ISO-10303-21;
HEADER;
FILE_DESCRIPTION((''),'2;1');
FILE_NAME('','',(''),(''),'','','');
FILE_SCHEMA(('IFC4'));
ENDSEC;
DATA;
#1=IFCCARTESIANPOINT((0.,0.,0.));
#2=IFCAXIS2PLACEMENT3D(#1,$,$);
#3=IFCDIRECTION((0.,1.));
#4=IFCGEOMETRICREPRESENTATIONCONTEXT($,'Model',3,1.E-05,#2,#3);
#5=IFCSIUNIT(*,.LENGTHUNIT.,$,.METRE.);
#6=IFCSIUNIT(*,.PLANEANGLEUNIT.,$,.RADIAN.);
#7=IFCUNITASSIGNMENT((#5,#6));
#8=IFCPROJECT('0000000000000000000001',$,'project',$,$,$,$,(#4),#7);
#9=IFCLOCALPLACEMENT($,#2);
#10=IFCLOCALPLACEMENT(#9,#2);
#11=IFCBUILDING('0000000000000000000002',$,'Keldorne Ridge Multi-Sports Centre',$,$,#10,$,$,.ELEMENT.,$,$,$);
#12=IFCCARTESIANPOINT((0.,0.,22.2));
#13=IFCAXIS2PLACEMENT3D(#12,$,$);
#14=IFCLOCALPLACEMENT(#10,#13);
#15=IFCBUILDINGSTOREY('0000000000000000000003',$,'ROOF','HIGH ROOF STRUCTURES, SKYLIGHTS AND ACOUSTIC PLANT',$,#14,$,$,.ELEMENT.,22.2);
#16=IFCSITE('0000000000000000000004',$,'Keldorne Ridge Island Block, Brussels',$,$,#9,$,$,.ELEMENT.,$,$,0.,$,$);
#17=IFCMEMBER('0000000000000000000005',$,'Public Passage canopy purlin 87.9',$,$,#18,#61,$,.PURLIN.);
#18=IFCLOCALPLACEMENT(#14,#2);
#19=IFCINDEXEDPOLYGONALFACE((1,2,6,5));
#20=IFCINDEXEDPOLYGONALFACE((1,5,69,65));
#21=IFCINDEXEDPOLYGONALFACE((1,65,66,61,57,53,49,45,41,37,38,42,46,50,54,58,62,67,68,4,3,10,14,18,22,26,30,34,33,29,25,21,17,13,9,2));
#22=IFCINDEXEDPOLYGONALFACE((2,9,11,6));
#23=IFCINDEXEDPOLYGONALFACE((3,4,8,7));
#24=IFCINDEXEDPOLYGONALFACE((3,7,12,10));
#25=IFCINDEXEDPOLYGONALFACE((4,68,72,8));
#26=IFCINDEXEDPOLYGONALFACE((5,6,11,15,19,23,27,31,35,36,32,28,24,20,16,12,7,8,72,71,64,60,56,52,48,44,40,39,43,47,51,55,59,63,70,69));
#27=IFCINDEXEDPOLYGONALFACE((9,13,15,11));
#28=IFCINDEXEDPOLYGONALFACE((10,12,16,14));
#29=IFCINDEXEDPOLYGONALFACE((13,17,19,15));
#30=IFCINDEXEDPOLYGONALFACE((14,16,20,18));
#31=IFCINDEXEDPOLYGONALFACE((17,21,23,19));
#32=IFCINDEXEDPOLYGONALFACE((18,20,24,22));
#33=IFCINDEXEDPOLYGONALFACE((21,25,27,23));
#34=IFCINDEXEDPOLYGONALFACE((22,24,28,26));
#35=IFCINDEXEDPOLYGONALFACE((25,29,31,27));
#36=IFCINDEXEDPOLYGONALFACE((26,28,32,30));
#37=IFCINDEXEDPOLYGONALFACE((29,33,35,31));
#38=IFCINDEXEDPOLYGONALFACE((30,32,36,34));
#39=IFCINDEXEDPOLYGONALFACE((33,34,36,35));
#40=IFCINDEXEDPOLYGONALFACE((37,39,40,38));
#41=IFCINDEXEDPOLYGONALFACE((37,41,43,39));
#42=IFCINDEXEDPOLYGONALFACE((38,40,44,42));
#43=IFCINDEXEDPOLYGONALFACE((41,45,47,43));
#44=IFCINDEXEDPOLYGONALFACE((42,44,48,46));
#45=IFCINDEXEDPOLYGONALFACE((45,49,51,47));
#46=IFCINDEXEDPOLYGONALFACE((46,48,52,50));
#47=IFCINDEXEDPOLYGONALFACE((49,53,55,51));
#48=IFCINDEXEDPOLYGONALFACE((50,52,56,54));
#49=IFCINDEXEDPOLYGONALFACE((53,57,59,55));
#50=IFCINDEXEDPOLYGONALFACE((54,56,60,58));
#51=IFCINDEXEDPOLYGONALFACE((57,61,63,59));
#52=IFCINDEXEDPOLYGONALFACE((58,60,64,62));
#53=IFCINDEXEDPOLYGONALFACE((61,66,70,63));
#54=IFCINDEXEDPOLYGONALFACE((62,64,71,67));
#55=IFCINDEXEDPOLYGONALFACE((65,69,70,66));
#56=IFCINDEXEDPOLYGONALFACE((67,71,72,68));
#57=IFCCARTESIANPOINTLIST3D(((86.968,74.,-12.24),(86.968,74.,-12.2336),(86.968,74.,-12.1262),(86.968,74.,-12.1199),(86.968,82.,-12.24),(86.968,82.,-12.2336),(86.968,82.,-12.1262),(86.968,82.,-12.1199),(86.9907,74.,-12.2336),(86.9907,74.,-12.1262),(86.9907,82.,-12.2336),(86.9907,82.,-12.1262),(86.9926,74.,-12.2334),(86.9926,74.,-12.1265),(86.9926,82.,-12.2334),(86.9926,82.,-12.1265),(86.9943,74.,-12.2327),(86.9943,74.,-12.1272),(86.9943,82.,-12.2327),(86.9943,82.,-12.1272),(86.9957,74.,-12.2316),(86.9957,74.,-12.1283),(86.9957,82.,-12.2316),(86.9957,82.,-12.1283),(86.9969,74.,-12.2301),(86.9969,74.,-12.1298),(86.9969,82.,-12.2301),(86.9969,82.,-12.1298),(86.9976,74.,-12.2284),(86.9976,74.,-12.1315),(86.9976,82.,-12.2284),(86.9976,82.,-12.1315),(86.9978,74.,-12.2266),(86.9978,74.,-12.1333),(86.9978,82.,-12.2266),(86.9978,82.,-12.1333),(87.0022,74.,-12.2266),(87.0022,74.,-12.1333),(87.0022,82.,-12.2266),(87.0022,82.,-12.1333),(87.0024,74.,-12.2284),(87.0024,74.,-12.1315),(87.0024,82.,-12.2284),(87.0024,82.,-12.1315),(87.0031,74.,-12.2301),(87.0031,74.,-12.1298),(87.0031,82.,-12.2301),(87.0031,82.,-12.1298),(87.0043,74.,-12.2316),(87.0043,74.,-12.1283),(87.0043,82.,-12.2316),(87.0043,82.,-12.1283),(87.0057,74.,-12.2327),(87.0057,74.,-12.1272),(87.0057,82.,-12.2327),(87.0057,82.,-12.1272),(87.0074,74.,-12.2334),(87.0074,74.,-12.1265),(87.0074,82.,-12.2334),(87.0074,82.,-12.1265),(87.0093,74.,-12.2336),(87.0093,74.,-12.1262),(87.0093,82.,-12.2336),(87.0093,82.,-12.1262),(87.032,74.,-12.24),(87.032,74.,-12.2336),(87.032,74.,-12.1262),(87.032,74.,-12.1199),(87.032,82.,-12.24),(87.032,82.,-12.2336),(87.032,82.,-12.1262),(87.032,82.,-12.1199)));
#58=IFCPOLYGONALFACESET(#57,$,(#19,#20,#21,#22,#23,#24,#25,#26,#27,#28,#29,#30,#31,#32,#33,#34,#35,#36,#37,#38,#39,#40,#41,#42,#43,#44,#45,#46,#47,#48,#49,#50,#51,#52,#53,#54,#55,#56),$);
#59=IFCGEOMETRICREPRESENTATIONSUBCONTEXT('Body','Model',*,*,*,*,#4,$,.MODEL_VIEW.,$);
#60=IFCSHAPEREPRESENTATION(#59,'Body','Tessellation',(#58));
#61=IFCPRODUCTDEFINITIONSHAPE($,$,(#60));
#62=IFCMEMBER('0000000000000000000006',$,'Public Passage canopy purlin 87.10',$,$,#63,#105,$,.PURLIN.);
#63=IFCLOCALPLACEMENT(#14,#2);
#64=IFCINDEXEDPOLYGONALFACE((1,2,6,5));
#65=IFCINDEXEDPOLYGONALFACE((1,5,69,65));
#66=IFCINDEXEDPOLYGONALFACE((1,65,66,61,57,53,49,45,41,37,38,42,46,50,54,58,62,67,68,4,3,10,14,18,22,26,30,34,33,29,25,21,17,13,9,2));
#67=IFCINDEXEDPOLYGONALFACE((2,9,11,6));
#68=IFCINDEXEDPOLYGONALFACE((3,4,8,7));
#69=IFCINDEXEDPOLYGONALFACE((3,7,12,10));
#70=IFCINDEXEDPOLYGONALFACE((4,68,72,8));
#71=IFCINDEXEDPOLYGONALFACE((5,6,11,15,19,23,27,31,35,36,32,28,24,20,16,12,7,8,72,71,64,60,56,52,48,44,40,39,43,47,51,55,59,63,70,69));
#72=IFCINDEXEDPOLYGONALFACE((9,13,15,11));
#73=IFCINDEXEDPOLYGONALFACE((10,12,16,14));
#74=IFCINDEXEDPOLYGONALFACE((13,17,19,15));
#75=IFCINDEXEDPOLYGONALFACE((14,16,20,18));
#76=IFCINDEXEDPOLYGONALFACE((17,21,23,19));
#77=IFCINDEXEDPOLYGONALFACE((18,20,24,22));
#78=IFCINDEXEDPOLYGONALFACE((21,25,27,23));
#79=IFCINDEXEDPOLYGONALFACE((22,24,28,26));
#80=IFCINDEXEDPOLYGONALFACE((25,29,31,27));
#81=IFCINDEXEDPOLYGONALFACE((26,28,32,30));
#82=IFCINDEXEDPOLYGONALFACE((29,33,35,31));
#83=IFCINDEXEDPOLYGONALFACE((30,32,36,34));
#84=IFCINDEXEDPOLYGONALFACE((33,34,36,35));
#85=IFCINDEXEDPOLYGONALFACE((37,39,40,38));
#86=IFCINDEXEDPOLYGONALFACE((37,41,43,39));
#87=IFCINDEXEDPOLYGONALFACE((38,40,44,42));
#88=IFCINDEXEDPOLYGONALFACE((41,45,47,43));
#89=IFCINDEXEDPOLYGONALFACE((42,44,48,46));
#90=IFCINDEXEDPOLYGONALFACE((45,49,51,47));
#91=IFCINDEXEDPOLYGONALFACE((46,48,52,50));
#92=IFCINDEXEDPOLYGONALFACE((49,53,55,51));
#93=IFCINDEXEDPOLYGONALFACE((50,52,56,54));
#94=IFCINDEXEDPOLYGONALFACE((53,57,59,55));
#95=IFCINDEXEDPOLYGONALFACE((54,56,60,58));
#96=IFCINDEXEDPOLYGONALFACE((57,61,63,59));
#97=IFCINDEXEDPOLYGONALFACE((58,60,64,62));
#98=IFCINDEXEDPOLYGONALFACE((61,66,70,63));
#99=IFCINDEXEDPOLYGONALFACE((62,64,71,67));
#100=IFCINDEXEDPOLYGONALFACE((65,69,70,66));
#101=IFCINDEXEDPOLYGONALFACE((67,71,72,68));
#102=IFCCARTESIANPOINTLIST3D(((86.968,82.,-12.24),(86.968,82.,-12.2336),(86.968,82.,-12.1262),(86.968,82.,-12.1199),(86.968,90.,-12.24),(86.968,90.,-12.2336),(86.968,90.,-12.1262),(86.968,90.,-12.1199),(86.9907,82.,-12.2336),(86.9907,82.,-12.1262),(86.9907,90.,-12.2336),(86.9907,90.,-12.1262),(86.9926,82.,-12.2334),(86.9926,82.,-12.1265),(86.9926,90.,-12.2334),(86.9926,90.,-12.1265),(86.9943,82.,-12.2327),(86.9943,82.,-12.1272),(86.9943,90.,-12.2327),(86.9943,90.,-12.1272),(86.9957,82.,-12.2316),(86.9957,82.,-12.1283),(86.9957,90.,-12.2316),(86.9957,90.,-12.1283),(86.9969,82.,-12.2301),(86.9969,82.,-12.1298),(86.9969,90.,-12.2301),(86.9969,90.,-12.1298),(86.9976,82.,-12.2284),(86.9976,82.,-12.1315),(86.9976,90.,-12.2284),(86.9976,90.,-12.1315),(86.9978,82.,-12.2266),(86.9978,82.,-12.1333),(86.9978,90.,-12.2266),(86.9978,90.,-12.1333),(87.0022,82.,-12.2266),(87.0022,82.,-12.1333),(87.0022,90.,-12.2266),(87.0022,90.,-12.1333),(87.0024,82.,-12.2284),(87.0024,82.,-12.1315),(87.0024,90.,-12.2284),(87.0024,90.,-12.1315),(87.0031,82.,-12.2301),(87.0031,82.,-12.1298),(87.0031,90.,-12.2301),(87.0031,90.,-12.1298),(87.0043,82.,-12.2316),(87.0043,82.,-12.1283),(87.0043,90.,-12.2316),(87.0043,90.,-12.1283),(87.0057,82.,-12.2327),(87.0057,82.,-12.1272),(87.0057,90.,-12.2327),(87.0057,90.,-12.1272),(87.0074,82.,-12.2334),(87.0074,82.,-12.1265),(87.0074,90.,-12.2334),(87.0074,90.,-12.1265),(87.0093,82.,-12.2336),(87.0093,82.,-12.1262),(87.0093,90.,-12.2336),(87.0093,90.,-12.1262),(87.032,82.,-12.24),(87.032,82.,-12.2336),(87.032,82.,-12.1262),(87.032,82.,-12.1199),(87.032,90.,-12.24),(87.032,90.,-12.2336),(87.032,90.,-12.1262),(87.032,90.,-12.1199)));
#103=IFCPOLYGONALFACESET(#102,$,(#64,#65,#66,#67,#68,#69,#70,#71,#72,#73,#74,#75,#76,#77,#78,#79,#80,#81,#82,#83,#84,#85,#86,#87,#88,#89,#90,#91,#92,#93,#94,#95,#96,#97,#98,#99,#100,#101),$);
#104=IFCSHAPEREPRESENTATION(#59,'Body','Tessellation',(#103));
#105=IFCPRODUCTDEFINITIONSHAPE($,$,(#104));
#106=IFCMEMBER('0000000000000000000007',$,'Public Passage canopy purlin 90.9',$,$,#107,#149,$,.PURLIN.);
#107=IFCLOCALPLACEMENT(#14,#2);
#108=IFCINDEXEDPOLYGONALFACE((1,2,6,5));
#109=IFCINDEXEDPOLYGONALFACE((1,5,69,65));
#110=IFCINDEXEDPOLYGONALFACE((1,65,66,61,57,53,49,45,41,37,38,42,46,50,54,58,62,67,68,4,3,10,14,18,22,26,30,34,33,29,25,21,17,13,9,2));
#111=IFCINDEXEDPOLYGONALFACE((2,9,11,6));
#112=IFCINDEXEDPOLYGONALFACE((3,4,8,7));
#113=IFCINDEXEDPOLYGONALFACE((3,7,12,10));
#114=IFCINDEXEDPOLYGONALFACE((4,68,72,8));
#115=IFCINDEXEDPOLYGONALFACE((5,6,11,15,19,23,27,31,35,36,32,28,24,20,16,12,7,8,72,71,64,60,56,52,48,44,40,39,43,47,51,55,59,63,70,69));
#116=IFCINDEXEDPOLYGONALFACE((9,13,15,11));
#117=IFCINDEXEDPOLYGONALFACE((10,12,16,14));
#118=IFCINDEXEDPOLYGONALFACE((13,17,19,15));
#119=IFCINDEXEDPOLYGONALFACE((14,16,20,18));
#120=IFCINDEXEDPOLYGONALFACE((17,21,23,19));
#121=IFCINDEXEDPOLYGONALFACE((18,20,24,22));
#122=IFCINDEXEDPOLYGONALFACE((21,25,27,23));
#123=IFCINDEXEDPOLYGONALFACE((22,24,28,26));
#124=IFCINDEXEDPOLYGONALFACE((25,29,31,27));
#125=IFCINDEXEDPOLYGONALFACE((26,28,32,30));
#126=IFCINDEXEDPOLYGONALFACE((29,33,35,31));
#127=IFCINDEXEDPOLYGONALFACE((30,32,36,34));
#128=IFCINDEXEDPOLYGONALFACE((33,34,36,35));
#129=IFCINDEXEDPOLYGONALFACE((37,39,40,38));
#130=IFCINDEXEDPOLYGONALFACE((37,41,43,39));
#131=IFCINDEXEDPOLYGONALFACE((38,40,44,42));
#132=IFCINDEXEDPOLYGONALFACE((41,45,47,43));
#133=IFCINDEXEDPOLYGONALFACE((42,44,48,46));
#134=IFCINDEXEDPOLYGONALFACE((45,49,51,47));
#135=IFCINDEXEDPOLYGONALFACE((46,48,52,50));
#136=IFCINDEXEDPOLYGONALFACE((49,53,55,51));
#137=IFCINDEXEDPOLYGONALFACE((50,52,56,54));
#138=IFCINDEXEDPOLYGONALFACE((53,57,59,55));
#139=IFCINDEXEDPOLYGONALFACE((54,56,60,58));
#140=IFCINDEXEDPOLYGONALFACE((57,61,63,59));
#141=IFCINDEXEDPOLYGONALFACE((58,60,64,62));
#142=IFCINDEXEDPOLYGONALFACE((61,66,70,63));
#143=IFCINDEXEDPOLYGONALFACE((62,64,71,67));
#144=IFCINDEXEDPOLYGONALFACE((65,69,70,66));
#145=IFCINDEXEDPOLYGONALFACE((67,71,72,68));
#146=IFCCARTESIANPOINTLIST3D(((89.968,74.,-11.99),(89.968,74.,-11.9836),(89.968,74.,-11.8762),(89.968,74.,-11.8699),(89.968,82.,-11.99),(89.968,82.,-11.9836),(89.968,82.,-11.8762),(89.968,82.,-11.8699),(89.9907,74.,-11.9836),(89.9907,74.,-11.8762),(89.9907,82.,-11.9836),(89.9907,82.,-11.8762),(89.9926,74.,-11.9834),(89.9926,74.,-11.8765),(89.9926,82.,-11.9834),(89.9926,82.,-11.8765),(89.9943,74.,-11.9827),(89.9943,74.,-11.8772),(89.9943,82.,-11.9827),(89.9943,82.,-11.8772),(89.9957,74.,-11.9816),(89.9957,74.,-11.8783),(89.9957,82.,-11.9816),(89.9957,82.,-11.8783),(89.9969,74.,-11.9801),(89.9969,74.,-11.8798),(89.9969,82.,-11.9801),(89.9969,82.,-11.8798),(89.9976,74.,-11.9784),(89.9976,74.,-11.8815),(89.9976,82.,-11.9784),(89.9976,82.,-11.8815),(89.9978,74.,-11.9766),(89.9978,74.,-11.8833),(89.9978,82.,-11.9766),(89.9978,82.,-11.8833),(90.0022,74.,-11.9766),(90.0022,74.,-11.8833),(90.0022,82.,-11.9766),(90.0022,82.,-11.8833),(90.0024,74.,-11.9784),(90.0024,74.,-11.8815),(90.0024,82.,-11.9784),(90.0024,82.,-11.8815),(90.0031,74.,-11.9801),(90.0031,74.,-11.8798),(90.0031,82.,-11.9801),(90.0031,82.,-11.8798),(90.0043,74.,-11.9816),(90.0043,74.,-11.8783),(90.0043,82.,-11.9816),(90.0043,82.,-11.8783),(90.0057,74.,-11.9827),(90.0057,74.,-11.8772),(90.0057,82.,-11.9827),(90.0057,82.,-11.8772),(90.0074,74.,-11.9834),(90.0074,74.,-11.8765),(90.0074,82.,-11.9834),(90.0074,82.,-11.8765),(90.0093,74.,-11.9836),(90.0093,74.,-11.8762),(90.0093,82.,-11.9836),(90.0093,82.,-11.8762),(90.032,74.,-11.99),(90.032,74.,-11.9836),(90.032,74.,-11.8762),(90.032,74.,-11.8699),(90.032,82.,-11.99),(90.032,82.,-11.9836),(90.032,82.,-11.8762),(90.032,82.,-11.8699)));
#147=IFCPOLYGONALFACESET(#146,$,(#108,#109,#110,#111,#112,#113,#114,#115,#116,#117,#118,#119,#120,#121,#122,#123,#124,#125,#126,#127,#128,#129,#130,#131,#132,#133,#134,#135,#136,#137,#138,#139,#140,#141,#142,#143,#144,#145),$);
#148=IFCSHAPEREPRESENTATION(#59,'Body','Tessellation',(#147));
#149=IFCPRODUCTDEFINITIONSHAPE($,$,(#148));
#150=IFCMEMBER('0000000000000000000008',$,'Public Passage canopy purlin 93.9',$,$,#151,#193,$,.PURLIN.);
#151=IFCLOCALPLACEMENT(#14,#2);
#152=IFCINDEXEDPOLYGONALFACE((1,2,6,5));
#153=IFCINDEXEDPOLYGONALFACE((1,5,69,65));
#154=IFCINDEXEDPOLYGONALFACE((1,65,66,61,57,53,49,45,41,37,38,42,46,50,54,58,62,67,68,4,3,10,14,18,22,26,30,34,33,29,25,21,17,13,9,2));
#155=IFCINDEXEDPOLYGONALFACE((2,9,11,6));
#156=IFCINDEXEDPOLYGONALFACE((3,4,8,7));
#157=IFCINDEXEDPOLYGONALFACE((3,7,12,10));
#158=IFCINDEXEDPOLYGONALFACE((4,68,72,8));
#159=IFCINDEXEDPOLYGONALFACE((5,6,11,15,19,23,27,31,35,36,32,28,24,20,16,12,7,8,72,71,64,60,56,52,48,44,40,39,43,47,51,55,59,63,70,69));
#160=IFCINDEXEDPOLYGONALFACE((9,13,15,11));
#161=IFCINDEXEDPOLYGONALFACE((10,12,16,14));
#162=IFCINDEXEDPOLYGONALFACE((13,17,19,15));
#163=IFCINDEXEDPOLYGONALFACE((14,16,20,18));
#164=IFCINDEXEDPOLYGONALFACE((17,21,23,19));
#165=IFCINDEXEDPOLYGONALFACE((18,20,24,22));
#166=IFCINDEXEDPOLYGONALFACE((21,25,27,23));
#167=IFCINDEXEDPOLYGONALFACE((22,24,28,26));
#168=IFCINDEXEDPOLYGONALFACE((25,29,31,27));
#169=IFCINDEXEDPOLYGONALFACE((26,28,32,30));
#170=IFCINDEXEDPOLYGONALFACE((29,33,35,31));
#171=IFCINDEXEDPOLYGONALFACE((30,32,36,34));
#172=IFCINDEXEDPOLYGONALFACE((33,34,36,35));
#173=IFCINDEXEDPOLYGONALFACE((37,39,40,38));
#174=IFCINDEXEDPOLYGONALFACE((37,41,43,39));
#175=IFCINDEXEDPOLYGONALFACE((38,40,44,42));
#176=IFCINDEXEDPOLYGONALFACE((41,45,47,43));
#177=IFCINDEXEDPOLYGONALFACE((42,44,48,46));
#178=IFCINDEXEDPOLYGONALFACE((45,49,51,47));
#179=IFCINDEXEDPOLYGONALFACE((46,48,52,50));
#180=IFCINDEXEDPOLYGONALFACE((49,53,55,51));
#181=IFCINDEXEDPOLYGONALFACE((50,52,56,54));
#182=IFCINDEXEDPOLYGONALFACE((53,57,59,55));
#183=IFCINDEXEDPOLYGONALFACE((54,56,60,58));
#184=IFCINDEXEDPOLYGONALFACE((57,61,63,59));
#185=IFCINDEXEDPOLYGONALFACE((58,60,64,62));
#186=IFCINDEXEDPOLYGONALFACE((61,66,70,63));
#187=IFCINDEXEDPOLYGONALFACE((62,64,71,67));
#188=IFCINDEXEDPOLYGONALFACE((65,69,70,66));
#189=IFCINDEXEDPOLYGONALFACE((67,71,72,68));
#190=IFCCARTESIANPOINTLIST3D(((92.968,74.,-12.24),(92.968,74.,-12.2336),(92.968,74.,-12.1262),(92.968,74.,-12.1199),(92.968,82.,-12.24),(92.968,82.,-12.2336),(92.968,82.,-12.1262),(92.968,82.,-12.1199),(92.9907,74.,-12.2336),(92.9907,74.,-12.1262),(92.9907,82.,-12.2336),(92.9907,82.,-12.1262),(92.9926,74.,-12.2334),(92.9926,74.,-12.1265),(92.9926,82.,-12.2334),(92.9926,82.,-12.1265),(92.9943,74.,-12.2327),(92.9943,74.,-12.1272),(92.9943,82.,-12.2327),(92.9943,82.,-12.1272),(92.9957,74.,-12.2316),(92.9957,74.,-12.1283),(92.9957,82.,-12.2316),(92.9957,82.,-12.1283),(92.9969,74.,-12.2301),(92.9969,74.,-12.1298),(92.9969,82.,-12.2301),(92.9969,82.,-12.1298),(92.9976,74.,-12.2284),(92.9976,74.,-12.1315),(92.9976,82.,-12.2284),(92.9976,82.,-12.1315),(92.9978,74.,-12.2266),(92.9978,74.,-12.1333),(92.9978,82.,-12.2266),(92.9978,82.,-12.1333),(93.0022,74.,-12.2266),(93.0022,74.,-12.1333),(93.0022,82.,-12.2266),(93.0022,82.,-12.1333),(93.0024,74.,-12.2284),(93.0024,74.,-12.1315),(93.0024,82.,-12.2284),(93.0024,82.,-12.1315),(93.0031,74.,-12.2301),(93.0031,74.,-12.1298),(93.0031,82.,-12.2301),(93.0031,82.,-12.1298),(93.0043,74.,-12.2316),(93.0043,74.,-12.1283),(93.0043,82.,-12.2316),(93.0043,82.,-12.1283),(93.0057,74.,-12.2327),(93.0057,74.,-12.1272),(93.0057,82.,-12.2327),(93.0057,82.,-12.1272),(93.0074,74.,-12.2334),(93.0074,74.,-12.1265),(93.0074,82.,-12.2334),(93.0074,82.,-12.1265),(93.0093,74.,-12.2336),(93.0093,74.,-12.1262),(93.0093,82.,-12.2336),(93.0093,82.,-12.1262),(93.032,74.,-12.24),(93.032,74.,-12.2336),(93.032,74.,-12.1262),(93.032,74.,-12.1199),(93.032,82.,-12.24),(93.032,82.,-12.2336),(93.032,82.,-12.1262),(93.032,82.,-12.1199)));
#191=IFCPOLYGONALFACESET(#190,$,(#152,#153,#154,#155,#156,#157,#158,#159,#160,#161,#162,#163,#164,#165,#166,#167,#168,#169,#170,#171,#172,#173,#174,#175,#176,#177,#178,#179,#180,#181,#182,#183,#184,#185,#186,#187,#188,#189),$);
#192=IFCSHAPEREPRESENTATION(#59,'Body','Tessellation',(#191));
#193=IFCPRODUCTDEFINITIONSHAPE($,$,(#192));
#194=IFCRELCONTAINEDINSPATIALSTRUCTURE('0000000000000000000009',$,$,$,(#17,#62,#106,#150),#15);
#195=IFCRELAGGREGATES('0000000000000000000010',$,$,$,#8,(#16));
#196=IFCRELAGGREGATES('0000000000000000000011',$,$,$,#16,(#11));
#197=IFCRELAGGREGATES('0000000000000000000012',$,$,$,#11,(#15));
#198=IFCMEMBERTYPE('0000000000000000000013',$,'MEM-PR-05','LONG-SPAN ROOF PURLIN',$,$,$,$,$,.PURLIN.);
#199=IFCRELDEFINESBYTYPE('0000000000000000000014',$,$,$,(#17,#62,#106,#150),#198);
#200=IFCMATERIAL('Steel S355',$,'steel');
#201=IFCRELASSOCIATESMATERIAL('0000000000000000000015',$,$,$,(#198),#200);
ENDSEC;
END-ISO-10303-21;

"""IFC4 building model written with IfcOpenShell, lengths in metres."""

from ifc_helpers import new_model, si_unit, direction, frame, origin, origin_2d, place, context, subcontext, project, spatial, i_section, extrude, material, material_profile, profile_set, type_object, element, save


model = new_model("IFC4")

# Units and contexts
model_context = context("Model", 3, precision=1e-05, world=origin(), true_north=direction((0.0, 1.0)))
body_context = subcontext(model_context, "Body", "Model", "MODEL_VIEW")
ifc_project = project(units=[si_unit("LENGTHUNIT", "METRE"), si_unit("PLANEANGLEUNIT", "RADIAN")], contexts=[model_context])

# Site, building, storey
site_placement = place(None, origin())
site = spatial("IfcSite", under=ifc_project, at=site_placement, Name="Keldorne Ridge Island Block, Brussels", CompositionType="ELEMENT", RefElevation=0.0)
building_placement = place(site_placement, origin())
building = spatial("IfcBuilding", under=site, at=building_placement, Name="Keldorne Ridge Multi-Sports Centre", CompositionType="ELEMENT")
storey_placement = place(building_placement, frame((0.0, 0.0, 22.2)))
storey = spatial("IfcBuildingStorey", under=building, at=storey_placement, Name="ROOF", Description="HIGH ROOF STRUCTURES, SKYLIGHTS AND ACOUSTIC PLANT", CompositionType="ELEMENT", Elevation=22.2)

# Members
ifc_material = material(Name="Steel S355", Category="steel")
ifc_material_profile_1 = material_profile(ifc_material, i_section(OverallWidth=0.064, OverallDepth=0.1201, WebThickness=0.0044, FlangeThickness=0.0063, FilletRadius=0.0071, at=origin_2d()), Name="IPE 120")
ifc_profile_set_1 = profile_set([ifc_material_profile_1], Name="Steel S355")
member_type_1 = type_object("IfcMemberType", Name="MEM-PR-05", Description="LONG-SPAN ROOF PURLIN", PredefinedType="PURLIN", material=ifc_profile_set_1)
for number, where, z_axis, x_axis, name in (
    (1, (87.0, 74.0, -12.1799), (0.0, 1.0, 0.0), (-1.0, 0.0, 0.0), "Public Passage canopy purlin 87.9"),
    (2, (87.0, 82.0, -12.1799), (0.0, 1.0, 0.0), (-1.0, 0.0, 0.0), "Public Passage canopy purlin 87.10"),
    (3, (90.0, 74.0, -11.9299), (0.0, 1.0, 0.0), (-1.0, 0.0, 0.0), "Public Passage canopy purlin 90.9"),
    (4, (93.0, 74.0, -12.1799), (0.0, 1.0, 0.0), (-1.0, 0.0, 0.0), "Public Passage canopy purlin 93.9"),
):
    element("IfcMember", number, at=place(storey_placement, frame(where, z_axis=z_axis, x_axis=x_axis)), inside=storey, type_object=member_type_1, Name=name, PredefinedType="PURLIN", context=body_context, shape_type="SweptSolid", body=[
        extrude(i_section(OverallWidth=0.064, OverallDepth=0.1201, WebThickness=0.0044, FlangeThickness=0.0063, FilletRadius=0.0071, at=origin_2d()), origin(), (0.0, 0.0, 1.0), 8.0),
    ])

save(model, "model.ifc")
